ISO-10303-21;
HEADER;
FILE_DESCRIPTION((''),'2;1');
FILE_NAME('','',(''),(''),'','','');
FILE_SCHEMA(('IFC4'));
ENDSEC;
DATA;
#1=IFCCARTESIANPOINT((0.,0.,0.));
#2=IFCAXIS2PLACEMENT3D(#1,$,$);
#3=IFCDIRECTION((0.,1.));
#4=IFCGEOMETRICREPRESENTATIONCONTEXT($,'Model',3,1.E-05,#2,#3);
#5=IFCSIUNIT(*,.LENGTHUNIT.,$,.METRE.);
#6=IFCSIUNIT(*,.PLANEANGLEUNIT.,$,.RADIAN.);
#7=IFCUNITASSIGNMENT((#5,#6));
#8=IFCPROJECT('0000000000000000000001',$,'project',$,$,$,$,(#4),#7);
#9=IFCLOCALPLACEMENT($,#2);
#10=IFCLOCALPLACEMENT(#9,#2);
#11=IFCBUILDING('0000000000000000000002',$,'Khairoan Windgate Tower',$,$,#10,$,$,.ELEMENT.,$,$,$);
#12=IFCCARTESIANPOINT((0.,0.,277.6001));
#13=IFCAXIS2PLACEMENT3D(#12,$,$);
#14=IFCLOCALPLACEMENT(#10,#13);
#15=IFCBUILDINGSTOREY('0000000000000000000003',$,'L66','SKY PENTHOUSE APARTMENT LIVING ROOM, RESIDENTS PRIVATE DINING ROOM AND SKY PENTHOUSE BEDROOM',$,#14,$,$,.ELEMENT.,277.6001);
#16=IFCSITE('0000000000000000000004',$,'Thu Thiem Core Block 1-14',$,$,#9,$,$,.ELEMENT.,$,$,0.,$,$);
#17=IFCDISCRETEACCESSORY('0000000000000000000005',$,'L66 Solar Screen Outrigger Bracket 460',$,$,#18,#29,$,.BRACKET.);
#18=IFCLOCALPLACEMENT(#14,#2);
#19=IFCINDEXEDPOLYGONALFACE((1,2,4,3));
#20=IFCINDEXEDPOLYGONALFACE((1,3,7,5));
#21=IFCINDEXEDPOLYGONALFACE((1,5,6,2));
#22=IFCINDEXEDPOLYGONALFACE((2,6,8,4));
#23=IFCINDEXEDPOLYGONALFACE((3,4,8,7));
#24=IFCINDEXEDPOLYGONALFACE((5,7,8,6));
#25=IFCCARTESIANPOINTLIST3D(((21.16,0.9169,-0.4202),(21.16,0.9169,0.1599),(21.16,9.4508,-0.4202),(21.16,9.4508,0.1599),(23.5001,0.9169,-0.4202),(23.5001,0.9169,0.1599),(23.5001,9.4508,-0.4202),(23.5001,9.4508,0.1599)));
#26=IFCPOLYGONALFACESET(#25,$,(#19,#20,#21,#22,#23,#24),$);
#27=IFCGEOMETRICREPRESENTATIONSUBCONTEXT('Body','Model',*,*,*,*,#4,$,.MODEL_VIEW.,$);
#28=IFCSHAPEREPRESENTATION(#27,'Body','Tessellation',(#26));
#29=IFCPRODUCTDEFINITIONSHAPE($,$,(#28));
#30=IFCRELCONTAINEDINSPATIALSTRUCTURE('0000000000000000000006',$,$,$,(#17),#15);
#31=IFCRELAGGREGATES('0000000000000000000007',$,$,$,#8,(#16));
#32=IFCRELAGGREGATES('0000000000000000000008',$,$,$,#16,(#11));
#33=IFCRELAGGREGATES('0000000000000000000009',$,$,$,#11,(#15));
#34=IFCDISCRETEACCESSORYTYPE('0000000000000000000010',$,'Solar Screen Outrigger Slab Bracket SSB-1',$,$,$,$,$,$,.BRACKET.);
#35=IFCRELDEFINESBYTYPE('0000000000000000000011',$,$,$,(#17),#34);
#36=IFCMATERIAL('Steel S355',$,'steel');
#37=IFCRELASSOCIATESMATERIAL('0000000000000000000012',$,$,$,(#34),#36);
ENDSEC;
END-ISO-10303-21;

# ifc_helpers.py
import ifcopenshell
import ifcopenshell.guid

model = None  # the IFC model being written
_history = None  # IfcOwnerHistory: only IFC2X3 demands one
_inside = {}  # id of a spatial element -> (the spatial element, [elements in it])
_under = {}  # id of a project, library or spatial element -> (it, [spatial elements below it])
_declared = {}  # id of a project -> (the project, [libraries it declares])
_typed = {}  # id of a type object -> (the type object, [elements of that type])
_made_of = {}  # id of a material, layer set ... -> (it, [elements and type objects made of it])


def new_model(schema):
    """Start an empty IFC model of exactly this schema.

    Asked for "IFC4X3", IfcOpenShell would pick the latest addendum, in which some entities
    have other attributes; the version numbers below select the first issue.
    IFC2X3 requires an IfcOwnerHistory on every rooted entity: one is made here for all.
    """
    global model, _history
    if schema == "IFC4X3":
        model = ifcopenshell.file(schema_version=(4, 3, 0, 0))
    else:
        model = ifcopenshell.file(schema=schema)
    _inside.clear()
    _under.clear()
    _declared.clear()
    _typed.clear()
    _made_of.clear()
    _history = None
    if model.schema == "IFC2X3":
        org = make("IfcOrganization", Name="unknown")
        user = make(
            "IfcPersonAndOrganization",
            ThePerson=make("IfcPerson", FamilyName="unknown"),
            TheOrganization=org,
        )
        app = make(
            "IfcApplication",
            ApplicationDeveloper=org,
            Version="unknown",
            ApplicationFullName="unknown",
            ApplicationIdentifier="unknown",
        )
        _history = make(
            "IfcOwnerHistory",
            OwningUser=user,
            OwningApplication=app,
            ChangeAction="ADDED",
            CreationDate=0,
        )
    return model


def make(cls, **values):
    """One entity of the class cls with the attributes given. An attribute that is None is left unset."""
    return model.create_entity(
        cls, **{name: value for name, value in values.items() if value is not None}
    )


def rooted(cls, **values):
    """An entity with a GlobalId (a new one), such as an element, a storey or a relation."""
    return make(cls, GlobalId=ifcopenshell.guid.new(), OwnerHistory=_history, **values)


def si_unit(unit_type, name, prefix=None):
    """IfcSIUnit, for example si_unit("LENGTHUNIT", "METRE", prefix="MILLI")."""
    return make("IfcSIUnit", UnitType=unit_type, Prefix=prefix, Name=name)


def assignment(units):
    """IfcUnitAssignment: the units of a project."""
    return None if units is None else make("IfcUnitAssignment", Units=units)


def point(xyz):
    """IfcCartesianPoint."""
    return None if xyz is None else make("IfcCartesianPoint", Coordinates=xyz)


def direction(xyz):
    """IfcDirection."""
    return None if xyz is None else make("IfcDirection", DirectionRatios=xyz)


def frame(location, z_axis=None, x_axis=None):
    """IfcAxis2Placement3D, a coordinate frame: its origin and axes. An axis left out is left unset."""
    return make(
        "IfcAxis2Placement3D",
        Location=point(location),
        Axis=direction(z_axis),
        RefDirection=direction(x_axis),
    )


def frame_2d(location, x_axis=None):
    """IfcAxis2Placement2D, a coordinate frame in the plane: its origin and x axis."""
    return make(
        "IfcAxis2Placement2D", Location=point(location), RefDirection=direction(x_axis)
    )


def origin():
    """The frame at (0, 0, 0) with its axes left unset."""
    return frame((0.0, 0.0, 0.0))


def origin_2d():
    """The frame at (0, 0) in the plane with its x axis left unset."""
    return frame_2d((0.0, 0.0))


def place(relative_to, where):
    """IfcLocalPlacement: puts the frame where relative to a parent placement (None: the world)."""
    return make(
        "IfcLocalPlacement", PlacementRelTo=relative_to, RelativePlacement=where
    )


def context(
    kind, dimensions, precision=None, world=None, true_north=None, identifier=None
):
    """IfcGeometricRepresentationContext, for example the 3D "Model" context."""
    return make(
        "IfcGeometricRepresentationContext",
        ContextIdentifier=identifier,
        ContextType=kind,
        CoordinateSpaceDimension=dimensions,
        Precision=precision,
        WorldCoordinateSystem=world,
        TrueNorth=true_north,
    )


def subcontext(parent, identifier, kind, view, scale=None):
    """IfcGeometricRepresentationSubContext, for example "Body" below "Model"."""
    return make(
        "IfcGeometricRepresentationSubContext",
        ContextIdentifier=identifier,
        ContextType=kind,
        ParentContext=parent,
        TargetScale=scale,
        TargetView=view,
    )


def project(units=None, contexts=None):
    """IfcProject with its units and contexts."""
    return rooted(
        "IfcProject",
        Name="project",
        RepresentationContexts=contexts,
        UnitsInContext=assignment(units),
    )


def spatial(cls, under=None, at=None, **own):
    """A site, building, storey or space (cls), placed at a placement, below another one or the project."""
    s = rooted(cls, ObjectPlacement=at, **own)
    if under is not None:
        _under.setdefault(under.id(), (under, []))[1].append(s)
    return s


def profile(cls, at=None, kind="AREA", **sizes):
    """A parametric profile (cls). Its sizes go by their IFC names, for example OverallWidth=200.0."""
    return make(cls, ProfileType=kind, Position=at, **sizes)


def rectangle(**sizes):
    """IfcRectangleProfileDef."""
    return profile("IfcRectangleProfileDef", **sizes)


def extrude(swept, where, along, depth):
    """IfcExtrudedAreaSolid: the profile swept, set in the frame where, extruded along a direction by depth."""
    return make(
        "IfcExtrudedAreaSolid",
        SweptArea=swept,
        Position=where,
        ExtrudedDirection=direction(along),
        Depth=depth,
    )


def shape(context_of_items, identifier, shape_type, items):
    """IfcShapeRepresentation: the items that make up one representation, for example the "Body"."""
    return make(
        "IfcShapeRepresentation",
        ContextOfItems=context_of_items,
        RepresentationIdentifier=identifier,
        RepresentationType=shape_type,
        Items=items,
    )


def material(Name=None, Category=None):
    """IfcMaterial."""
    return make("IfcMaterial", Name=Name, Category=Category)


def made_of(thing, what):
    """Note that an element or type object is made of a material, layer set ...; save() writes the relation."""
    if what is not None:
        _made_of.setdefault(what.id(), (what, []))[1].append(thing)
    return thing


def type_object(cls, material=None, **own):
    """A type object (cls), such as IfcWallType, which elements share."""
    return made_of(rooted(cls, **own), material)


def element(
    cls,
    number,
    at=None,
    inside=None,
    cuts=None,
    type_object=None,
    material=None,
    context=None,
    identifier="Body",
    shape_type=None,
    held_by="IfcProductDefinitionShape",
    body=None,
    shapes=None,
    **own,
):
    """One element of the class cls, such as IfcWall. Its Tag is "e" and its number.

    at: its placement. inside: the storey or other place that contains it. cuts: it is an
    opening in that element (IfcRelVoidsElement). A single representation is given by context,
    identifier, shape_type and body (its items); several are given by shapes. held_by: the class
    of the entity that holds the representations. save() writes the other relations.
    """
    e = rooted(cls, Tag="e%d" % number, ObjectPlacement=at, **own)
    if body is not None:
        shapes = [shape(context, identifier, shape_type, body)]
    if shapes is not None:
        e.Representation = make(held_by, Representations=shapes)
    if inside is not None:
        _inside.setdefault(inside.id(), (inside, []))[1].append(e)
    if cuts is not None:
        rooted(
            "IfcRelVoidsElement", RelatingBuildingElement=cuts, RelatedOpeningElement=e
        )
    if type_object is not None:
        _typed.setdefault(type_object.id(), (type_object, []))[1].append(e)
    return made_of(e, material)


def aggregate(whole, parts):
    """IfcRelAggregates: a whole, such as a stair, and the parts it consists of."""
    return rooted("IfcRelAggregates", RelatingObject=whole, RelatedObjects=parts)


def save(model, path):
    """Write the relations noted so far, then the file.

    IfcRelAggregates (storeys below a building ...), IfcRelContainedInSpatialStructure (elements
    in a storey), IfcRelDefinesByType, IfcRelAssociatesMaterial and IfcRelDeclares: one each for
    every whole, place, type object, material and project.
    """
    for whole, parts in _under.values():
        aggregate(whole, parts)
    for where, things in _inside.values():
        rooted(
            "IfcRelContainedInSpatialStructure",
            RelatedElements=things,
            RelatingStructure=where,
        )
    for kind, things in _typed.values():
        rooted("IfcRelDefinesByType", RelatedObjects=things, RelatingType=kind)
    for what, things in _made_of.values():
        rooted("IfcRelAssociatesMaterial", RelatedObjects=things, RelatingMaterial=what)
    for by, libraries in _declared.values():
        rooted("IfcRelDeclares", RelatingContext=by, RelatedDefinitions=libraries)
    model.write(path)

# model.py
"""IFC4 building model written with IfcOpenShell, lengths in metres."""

from ifc_helpers import new_model, si_unit, direction, frame, origin, origin_2d, place, context, subcontext, project, spatial, rectangle, extrude, material, type_object, element, save


model = new_model("IFC4")

# Units and contexts
model_context = context("Model", 3, precision=1e-05, world=origin(), true_north=direction((0.0, 1.0)))
body_context = subcontext(model_context, "Body", "Model", "MODEL_VIEW")
ifc_project = project(units=[si_unit("LENGTHUNIT", "METRE"), si_unit("PLANEANGLEUNIT", "RADIAN")], contexts=[model_context])

# Site, building, storey
site_placement = place(None, origin())
site = spatial("IfcSite", under=ifc_project, at=site_placement, Name="Thu Thiem Core Block 1-14", CompositionType="ELEMENT", RefElevation=0.0)
building_placement = place(site_placement, origin())
building = spatial("IfcBuilding", under=site, at=building_placement, Name="Khairoan Windgate Tower", CompositionType="ELEMENT")
storey_placement = place(building_placement, frame((0.0, 0.0, 277.6001)))
storey = spatial("IfcBuildingStorey", under=building, at=storey_placement, Name="L66", Description="SKY PENTHOUSE APARTMENT LIVING ROOM, RESIDENTS PRIVATE DINING ROOM AND SKY PENTHOUSE BEDROOM", CompositionType="ELEMENT", Elevation=277.6001)

# Discrete accessory
ifc_material_1 = material(Name="Steel S355", Category="steel")
discrete_accessory_type = type_object("IfcDiscreteAccessoryType", Name="Solar Screen Outrigger Slab Bracket SSB-1", PredefinedType="BRACKET", material=ifc_material_1)
discrete_accessory_placement = place(storey_placement, frame((22.3301, 5.1838, -0.4202), z_axis=(0.0, 0.0, 1.0), x_axis=(0.0, -1.0, 0.0)))
element("IfcDiscreteAccessory", 1, at=discrete_accessory_placement, inside=storey, type_object=discrete_accessory_type, Name="L66 Solar Screen Outrigger Bracket 460", PredefinedType="BRACKET", context=body_context, shape_type="SweptSolid", body=[
    extrude(rectangle(XDim=8.5339, YDim=2.3401, at=origin_2d()), origin(), (0.0, 0.0, 1.0), 0.5801),
])

save(model, "model.ifc")
